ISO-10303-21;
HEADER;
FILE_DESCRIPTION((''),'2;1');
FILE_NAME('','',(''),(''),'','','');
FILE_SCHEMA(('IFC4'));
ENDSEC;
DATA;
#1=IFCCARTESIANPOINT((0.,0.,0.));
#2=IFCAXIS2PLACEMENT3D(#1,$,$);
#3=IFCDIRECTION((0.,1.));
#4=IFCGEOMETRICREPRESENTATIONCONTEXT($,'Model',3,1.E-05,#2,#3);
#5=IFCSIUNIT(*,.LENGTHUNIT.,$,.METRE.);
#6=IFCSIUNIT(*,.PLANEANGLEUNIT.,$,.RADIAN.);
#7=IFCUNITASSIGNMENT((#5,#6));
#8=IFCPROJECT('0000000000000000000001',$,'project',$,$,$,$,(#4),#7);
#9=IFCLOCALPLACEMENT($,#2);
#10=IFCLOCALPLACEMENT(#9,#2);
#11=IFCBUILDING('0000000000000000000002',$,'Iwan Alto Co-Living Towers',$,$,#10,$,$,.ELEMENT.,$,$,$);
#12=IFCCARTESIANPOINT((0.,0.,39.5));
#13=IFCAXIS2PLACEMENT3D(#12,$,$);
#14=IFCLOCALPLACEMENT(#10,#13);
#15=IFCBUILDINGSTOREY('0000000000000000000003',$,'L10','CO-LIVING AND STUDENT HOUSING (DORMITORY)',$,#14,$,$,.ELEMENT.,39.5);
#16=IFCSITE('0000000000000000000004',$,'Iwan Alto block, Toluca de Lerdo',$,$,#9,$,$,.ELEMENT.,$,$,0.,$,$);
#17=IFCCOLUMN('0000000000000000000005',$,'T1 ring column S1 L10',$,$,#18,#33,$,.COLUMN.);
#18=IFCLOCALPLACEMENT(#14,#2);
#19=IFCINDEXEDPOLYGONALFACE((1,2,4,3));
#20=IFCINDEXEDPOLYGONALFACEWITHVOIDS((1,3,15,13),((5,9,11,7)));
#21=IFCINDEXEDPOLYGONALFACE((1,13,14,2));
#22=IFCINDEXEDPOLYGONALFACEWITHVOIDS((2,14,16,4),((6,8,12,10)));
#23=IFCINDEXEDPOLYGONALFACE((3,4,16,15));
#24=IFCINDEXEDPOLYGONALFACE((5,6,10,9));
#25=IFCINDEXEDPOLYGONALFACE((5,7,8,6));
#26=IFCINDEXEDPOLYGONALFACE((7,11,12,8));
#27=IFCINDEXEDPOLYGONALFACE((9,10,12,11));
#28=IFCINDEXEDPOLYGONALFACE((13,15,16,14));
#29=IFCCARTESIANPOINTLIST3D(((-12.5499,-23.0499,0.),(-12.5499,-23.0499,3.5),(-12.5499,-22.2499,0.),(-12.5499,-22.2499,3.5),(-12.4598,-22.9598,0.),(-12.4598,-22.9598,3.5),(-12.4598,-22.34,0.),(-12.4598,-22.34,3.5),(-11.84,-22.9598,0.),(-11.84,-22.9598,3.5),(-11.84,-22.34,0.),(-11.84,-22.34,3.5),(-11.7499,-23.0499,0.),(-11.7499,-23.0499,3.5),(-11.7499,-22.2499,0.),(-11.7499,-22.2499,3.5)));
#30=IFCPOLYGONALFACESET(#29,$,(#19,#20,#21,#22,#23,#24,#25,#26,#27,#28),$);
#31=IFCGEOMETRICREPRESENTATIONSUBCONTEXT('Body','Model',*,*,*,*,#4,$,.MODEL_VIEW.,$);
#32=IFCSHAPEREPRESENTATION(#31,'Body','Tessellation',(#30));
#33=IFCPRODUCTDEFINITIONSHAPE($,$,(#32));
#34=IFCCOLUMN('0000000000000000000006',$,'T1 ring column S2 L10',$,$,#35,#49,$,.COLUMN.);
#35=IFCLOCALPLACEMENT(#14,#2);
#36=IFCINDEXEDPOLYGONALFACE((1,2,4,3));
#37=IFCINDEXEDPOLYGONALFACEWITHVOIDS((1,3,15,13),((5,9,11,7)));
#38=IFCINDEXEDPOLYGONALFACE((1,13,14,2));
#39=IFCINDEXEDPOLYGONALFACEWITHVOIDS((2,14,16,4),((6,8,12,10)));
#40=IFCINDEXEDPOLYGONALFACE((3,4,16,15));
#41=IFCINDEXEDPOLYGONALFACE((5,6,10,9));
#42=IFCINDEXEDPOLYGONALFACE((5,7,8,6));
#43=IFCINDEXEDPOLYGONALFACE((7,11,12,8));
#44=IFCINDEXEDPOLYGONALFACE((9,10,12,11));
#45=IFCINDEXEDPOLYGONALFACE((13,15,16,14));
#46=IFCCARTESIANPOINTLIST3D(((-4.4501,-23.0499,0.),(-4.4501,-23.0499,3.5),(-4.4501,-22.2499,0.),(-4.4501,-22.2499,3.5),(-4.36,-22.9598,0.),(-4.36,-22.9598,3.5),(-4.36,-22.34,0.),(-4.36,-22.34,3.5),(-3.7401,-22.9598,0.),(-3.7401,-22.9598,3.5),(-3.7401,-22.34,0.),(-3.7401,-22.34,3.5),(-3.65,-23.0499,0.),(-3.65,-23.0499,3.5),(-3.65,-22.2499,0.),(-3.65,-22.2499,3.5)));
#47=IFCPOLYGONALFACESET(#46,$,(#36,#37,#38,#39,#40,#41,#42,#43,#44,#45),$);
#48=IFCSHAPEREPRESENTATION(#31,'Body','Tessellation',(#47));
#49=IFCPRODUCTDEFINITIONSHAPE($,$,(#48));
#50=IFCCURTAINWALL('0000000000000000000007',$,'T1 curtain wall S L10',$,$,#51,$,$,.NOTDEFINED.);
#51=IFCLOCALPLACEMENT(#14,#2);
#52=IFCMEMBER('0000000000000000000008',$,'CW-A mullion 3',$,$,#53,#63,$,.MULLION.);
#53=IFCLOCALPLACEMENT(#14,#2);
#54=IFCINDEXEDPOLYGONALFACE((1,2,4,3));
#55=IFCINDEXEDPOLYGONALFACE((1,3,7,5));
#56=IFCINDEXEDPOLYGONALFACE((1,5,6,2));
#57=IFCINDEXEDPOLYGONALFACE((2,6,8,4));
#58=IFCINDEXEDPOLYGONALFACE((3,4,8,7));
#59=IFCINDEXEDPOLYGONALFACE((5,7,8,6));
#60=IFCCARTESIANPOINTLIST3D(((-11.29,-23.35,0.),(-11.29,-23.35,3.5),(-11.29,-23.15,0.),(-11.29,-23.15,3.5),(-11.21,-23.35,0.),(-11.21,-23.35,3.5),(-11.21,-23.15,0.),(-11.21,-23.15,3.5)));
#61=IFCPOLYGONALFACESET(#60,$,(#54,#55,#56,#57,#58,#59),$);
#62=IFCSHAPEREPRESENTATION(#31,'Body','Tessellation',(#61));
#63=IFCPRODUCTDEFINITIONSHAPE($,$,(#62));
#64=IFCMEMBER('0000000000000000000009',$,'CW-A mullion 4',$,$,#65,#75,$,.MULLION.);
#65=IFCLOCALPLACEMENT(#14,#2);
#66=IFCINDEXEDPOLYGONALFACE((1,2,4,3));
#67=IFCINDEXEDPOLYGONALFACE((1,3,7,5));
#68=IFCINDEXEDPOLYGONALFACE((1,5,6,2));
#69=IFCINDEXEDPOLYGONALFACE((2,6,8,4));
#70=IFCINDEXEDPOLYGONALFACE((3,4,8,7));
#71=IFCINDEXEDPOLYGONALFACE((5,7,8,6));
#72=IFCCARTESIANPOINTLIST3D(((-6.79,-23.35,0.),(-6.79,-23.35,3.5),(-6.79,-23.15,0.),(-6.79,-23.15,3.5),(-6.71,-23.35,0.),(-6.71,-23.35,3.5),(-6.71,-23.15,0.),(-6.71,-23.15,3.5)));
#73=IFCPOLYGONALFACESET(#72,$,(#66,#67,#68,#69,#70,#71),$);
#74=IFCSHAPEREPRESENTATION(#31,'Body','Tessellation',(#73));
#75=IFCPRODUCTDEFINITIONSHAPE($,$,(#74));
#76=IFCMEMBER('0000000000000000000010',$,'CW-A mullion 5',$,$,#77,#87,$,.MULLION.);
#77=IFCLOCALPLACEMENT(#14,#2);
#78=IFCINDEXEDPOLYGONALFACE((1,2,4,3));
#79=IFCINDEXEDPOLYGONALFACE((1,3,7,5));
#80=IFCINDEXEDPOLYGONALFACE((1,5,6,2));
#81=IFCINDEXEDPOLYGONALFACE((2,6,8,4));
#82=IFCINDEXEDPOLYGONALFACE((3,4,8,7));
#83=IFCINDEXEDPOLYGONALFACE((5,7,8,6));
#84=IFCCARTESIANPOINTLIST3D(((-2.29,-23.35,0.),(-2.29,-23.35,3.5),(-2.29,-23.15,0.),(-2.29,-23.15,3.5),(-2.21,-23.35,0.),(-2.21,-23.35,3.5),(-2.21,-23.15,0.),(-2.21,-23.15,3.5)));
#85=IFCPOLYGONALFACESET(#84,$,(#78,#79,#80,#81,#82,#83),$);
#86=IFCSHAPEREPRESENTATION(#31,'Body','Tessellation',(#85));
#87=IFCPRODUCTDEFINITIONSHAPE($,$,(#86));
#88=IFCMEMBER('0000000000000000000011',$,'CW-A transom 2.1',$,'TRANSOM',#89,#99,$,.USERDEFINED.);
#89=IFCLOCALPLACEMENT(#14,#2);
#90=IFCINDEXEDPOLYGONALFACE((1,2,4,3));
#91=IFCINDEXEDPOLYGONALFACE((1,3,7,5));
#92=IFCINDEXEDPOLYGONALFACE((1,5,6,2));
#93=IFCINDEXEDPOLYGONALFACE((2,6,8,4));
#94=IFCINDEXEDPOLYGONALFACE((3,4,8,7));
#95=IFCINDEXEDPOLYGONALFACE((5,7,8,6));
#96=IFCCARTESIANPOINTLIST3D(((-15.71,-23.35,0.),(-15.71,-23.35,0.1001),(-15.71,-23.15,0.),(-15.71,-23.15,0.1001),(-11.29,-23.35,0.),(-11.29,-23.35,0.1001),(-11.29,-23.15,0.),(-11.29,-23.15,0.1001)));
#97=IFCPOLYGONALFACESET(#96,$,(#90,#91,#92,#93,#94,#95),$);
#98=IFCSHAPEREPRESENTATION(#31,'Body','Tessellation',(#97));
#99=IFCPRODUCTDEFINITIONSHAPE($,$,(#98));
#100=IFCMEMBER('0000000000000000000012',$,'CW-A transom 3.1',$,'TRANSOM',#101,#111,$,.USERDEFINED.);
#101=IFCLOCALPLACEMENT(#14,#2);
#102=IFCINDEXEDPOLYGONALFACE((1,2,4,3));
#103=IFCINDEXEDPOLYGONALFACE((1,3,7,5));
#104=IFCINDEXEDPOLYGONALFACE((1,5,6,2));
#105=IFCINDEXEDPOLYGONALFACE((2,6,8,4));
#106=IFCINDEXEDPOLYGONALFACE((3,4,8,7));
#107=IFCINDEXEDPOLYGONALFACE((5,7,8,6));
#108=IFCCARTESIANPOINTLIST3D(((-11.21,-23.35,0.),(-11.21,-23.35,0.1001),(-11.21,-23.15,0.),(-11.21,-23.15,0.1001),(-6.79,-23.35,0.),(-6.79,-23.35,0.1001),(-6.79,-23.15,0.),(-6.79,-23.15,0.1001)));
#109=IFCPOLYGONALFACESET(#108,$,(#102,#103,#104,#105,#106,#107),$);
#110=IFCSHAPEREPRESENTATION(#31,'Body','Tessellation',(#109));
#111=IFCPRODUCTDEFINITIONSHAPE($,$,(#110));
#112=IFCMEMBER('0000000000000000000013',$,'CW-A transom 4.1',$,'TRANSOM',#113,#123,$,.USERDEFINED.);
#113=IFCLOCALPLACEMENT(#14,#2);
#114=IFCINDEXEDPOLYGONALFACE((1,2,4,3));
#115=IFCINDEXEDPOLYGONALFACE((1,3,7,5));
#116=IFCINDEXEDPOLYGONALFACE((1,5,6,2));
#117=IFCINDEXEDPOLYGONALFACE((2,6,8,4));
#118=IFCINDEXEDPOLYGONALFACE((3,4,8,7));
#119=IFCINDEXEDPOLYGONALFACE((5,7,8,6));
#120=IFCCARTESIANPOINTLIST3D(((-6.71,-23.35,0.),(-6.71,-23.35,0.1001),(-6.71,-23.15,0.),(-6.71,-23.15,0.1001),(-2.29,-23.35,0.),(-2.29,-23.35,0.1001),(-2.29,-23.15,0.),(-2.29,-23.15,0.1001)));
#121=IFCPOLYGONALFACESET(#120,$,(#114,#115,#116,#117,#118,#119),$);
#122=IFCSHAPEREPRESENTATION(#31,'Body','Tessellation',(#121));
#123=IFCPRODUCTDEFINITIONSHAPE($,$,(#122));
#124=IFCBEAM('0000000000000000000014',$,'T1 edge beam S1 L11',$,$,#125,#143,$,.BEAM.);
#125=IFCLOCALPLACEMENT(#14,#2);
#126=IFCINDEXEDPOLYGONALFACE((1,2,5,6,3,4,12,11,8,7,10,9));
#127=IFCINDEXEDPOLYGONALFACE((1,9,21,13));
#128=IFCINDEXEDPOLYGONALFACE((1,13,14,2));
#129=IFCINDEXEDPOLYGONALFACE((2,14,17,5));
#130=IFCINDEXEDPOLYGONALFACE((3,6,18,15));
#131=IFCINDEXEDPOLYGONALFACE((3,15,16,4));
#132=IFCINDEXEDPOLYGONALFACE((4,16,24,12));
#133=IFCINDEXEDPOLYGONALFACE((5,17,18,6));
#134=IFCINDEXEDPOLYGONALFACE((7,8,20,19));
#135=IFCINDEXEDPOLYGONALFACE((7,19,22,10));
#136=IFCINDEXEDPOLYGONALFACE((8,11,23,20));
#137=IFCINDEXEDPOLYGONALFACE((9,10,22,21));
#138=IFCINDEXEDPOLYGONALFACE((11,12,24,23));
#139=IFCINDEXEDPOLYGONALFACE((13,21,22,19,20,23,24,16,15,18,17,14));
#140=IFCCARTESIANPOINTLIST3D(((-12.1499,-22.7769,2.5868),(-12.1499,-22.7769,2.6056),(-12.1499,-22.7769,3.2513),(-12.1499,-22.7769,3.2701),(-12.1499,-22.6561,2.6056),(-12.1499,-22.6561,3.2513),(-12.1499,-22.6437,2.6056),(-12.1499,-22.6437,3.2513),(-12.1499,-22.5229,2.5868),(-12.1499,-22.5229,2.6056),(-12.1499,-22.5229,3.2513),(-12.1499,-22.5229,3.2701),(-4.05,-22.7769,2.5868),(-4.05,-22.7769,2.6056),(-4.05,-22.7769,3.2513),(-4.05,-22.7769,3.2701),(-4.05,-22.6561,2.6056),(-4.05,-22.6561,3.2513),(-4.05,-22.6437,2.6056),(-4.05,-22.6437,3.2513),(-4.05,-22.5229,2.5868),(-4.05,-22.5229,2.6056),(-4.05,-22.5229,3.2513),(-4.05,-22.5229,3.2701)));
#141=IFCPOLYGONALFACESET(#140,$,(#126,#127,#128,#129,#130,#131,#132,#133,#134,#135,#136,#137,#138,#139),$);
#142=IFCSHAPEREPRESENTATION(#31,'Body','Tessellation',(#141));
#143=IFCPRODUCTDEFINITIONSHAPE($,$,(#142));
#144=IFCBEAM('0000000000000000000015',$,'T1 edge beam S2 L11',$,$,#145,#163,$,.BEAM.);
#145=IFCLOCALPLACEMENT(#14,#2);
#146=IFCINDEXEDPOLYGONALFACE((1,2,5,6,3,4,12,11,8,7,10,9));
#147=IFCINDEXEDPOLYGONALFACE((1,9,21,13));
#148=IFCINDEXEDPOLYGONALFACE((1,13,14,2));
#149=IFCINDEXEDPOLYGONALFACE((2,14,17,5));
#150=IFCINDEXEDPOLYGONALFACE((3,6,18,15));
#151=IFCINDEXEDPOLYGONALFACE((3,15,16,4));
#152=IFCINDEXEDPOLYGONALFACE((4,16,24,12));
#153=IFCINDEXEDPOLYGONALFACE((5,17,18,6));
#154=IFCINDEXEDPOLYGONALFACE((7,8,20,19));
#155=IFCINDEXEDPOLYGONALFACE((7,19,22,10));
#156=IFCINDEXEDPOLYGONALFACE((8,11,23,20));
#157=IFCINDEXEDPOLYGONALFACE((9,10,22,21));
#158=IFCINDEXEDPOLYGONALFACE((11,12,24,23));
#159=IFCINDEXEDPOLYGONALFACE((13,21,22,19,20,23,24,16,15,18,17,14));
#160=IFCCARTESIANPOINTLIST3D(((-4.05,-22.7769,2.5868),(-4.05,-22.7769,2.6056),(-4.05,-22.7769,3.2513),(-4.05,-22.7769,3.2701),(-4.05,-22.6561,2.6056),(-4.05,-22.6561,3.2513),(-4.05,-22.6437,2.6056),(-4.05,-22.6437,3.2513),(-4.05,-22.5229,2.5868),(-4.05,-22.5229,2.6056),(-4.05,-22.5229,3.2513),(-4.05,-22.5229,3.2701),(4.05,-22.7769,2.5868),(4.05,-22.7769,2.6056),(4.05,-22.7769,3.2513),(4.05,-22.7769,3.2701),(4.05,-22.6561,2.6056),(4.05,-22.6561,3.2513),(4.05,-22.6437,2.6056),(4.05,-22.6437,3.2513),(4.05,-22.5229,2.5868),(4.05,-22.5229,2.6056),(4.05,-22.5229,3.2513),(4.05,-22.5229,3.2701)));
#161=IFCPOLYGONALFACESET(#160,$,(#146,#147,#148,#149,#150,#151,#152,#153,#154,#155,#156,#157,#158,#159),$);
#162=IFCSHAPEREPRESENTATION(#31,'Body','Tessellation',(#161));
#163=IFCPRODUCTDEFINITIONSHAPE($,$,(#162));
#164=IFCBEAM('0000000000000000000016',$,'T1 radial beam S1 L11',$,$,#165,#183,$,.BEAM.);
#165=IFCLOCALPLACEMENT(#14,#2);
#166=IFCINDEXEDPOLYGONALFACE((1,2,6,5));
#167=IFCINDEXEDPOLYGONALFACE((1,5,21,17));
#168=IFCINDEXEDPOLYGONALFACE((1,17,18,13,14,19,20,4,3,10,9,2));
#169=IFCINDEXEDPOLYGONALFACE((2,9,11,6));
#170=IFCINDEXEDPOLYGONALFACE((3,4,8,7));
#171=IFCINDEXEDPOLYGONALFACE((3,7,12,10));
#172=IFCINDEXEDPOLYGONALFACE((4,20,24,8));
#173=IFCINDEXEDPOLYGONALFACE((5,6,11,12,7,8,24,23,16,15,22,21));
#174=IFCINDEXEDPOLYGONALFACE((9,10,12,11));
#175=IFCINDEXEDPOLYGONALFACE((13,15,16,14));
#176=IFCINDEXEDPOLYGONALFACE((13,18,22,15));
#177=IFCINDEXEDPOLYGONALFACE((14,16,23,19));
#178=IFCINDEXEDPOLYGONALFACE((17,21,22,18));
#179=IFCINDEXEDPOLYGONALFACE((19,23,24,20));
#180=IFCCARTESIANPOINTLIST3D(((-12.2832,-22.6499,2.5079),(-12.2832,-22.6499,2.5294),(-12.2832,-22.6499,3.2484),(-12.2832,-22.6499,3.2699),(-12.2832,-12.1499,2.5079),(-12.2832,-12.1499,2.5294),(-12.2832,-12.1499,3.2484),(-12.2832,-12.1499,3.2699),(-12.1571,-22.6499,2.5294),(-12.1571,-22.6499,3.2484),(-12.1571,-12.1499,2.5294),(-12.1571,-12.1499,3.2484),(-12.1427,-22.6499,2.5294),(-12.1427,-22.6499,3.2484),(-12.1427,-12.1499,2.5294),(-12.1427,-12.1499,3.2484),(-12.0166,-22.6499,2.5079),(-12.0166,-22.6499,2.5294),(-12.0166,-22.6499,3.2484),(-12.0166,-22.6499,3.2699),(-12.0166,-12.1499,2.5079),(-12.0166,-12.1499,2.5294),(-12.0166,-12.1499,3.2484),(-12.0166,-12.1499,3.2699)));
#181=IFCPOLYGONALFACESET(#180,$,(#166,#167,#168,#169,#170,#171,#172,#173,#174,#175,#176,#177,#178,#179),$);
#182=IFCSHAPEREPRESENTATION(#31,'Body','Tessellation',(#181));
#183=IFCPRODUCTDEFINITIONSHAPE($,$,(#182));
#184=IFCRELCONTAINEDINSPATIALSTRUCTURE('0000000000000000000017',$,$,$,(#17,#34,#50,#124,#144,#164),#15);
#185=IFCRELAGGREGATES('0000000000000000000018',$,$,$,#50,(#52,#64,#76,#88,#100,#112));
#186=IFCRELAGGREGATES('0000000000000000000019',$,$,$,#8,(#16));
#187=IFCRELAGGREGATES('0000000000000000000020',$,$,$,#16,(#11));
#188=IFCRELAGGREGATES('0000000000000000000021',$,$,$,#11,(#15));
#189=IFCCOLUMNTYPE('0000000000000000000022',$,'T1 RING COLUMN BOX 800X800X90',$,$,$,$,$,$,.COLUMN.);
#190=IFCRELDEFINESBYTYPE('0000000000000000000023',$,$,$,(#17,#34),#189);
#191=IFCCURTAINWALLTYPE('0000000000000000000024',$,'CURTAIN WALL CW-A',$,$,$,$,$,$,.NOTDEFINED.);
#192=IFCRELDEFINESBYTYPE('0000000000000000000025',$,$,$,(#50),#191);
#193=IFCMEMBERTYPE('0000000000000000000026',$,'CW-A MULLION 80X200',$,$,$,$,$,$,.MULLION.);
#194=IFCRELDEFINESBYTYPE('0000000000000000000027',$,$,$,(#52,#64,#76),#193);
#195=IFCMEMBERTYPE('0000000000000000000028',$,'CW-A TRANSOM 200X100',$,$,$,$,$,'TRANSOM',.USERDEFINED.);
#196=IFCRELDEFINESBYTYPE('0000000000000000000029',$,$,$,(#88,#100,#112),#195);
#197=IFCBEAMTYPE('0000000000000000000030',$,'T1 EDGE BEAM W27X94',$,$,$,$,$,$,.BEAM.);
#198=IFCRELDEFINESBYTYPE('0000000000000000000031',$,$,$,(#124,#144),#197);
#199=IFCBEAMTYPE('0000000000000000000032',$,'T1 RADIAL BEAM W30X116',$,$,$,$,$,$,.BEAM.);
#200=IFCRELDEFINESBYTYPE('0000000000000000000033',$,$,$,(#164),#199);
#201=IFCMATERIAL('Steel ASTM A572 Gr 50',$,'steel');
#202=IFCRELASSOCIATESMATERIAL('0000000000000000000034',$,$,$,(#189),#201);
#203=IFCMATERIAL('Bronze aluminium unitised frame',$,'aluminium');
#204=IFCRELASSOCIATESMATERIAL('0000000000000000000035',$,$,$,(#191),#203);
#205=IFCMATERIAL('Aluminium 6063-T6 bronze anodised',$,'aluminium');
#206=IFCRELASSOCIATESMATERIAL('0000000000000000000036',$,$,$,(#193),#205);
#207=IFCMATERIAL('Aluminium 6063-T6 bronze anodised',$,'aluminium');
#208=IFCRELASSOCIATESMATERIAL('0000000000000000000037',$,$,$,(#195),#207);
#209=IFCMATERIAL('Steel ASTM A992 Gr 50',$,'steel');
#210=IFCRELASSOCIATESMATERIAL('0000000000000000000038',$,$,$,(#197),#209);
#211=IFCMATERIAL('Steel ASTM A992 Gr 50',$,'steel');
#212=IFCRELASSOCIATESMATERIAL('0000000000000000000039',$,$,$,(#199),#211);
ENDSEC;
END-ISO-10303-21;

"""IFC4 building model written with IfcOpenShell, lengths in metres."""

from ifc_helpers import new_model, si_unit, direction, frame, origin, origin_2d, place, context, subcontext, project, spatial, rectangle, hollow_rectangle, i_section, extrude, material, material_profile, profile_set, type_object, element, aggregate, save


model = new_model("IFC4")

# Units and contexts
model_context = context("Model", 3, precision=1e-05, world=origin(), true_north=direction((0.0, 1.0)))
body_context = subcontext(model_context, "Body", "Model", "MODEL_VIEW")
ifc_project = project(units=[si_unit("LENGTHUNIT", "METRE"), si_unit("PLANEANGLEUNIT", "RADIAN")], contexts=[model_context])

# Site, building, storey
site_placement = place(None, origin())
site = spatial("IfcSite", under=ifc_project, at=site_placement, Name="Iwan Alto block, Toluca de Lerdo", CompositionType="ELEMENT", RefElevation=0.0)
building_placement = place(site_placement, origin())
building = spatial("IfcBuilding", under=site, at=building_placement, Name="Iwan Alto Co-Living Towers", CompositionType="ELEMENT")
storey_placement = place(building_placement, frame((0.0, 0.0, 39.5)))
storey = spatial("IfcBuildingStorey", under=building, at=storey_placement, Name="L10", Description="CO-LIVING AND STUDENT HOUSING (DORMITORY)", CompositionType="ELEMENT", Elevation=39.5)

# Columns
ifc_material_1 = material(Name="Steel ASTM A572 Gr 50", Category="steel")
ifc_material_profile_1 = material_profile(ifc_material_1, hollow_rectangle(XDim=0.8, YDim=0.8, WallThickness=0.0901, at=origin_2d()), Name="BOX 800X800X90")
ifc_profile_set_1 = profile_set([ifc_material_profile_1], Name="Steel ASTM A572 Gr 50")
column_type = type_object("IfcColumnType", Name="T1 RING COLUMN BOX 800X800X90", PredefinedType="COLUMN", material=ifc_profile_set_1)
for number, where, z_axis, x_axis, name in (
    (1, (-12.1499, -22.6499, 0.0), (0.0, 0.0, 1.0), (1.0, 0.0, 0.0), "T1 ring column S1 L10"),
    (2, (-4.05, -22.6499, 0.0), (0.0, 0.0, 1.0), (1.0, 0.0, 0.0), "T1 ring column S2 L10"),
):
    element("IfcColumn", number, at=place(storey_placement, frame(where, z_axis=z_axis, x_axis=x_axis)), inside=storey, type_object=column_type, Name=name, PredefinedType="COLUMN", context=body_context, shape_type="SweptSolid", body=[
        extrude(hollow_rectangle(XDim=0.8, YDim=0.8, WallThickness=0.0901, at=origin_2d()), origin(), (0.0, 0.0, 1.0), 3.5),
    ])

# Curtain wall, members
ifc_material_2 = material(Name="Bronze aluminium unitised frame", Category="aluminium")
curtain_wall_type = type_object("IfcCurtainWallType", Name="CURTAIN WALL CW-A", PredefinedType="NOTDEFINED", material=ifc_material_2)
curtain_wall_placement = place(storey_placement, origin())
curtain_wall = element("IfcCurtainWall", 3, at=curtain_wall_placement, inside=storey, type_object=curtain_wall_type, Name="T1 curtain wall S L10", PredefinedType="NOTDEFINED")
ifc_material_3 = material(Name="Aluminium 6063-T6 bronze anodised", Category="aluminium")
ifc_material_profile_2 = material_profile(ifc_material_3, rectangle(XDim=0.2, YDim=0.0801, at=origin_2d()), Name="AL 80X200")
ifc_profile_set_2 = profile_set([ifc_material_profile_2], Name="Aluminium 6063-T6 bronze anodised")
member_type_1 = type_object("IfcMemberType", Name="CW-A MULLION 80X200", PredefinedType="MULLION", material=ifc_profile_set_2)
member_1_placement = place(storey_placement, frame((-11.25, -23.25, 0.0), z_axis=(0.0, 0.0, 1.0), x_axis=(0.0, 1.0, 0.0)))
member_1 = element("IfcMember", 4, at=member_1_placement, type_object=member_type_1, Name="CW-A mullion 3", PredefinedType="MULLION", context=body_context, shape_type="SweptSolid", body=[
    extrude(rectangle(XDim=0.2, YDim=0.0801, at=origin_2d()), origin(), (0.0, 0.0, 1.0), 3.5),
])
member_2_placement = place(storey_placement, frame((-6.75, -23.25, 0.0), z_axis=(0.0, 0.0, 1.0), x_axis=(0.0, 1.0, 0.0)))
member_2 = element("IfcMember", 5, at=member_2_placement, type_object=member_type_1, Name="CW-A mullion 4", PredefinedType="MULLION", context=body_context, shape_type="SweptSolid", body=[
    extrude(rectangle(XDim=0.2, YDim=0.0801, at=origin_2d()), origin(), (0.0, 0.0, 1.0), 3.5),
])
member_3_placement = place(storey_placement, frame((-2.25, -23.25, 0.0), z_axis=(0.0, 0.0, 1.0), x_axis=(0.0, 1.0, 0.0)))
member_3 = element("IfcMember", 6, at=member_3_placement, type_object=member_type_1, Name="CW-A mullion 5", PredefinedType="MULLION", context=body_context, shape_type="SweptSolid", body=[
    extrude(rectangle(XDim=0.2, YDim=0.0801, at=origin_2d()), origin(), (0.0, 0.0, 1.0), 3.5),
])
ifc_material_4 = material(Name="Aluminium 6063-T6 bronze anodised", Category="aluminium")
ifc_material_profile_3 = material_profile(ifc_material_4, rectangle(XDim=0.2, YDim=0.1001, at=origin_2d()), Name="AL 200X100")
ifc_profile_set_3 = profile_set([ifc_material_profile_3], Name="Aluminium 6063-T6 bronze anodised")
member_type_2 = type_object("IfcMemberType", Name="CW-A TRANSOM 200X100", ElementType="TRANSOM", PredefinedType="USERDEFINED", material=ifc_profile_set_3)
member_4_placement = place(storey_placement, frame((-15.71, -23.25, 0.05), z_axis=(1.0, 0.0, 0.0), x_axis=(0.0, 1.0, 0.0)))
member_4 = element("IfcMember", 7, at=member_4_placement, type_object=member_type_2, Name="CW-A transom 2.1", ObjectType="TRANSOM", PredefinedType="USERDEFINED", context=body_context, shape_type="SweptSolid", body=[
    extrude(rectangle(XDim=0.2, YDim=0.1001, at=origin_2d()), origin(), (0.0, 0.0, 1.0), 4.4199),
])
member_5_placement = place(storey_placement, frame((-11.21, -23.25, 0.05), z_axis=(1.0, 0.0, 0.0), x_axis=(0.0, 1.0, 0.0)))
member_5 = element("IfcMember", 8, at=member_5_placement, type_object=member_type_2, Name="CW-A transom 3.1", ObjectType="TRANSOM", PredefinedType="USERDEFINED", context=body_context, shape_type="SweptSolid", body=[
    extrude(rectangle(XDim=0.2, YDim=0.1001, at=origin_2d()), origin(), (0.0, 0.0, 1.0), 4.4199),
])
member_6_placement = place(storey_placement, frame((-6.71, -23.25, 0.05), z_axis=(1.0, 0.0, 0.0), x_axis=(0.0, 1.0, 0.0)))
member_6 = element("IfcMember", 9, at=member_6_placement, type_object=member_type_2, Name="CW-A transom 4.1", ObjectType="TRANSOM", PredefinedType="USERDEFINED", context=body_context, shape_type="SweptSolid", body=[
    extrude(rectangle(XDim=0.2, YDim=0.1001, at=origin_2d()), origin(), (0.0, 0.0, 1.0), 4.4199),
])

# Beams
ifc_material_5 = material(Name="Steel ASTM A992 Gr 50", Category="steel")
ifc_material_profile_4 = material_profile(ifc_material_5, i_section(OverallWidth=0.2539, OverallDepth=0.6833, WebThickness=0.0125, FlangeThickness=0.0188, at=origin_2d()), Name="W27X94")
ifc_profile_set_4 = profile_set([ifc_material_profile_4], Name="Steel ASTM A992 Gr 50")
beam_type_1 = type_object("IfcBeamType", Name="T1 EDGE BEAM W27X94", PredefinedType="BEAM", material=ifc_profile_set_4)
beam_1_placement = place(storey_placement, frame((-12.1499, -22.6499, 2.9285), z_axis=(1.0, 0.0, 0.0), x_axis=(0.0, 1.0, 0.0)))
element("IfcBeam", 10, at=beam_1_placement, inside=storey, type_object=beam_type_1, Name="T1 edge beam S1 L11", PredefinedType="BEAM", context=body_context, shape_type="SweptSolid", body=[
    extrude(i_section(OverallWidth=0.2539, OverallDepth=0.6833, WebThickness=0.0125, FlangeThickness=0.0188, at=origin_2d()), origin(), (0.0, 0.0, 1.0), 8.0999),
])
beam_2_placement = place(storey_placement, frame((-4.05, -22.6499, 2.9285), z_axis=(1.0, 0.0, 0.0), x_axis=(0.0, 1.0, 0.0)))
element("IfcBeam", 11, at=beam_2_placement, inside=storey, type_object=beam_type_1, Name="T1 edge beam S2 L11", PredefinedType="BEAM", context=body_context, shape_type="SweptSolid", body=[
    extrude(i_section(OverallWidth=0.2539, OverallDepth=0.6833, WebThickness=0.0125, FlangeThickness=0.0188, at=origin_2d()), origin(), (0.0, 0.0, 1.0), 8.1001),
])
ifc_material_6 = material(Name="Steel ASTM A992 Gr 50", Category="steel")
ifc_material_profile_5 = material_profile(ifc_material_6, i_section(OverallWidth=0.2666, OverallDepth=0.762, WebThickness=0.0144, FlangeThickness=0.0215, at=origin_2d()), Name="W30X116")
ifc_profile_set_5 = profile_set([ifc_material_profile_5], Name="Steel ASTM A992 Gr 50")
beam_type_2 = type_object("IfcBeamType", Name="T1 RADIAL BEAM W30X116", PredefinedType="BEAM", material=ifc_profile_set_5)
beam_3_placement = place(storey_placement, frame((-12.1499, -22.6499, 2.8889), z_axis=(0.0, 1.0, 0.0), x_axis=(-1.0, 0.0, 0.0)))
element("IfcBeam", 12, at=beam_3_placement, inside=storey, type_object=beam_type_2, Name="T1 radial beam S1 L11", PredefinedType="BEAM", context=body_context, shape_type="SweptSolid", body=[
    extrude(i_section(OverallWidth=0.2666, OverallDepth=0.762, WebThickness=0.0144, FlangeThickness=0.0215, at=origin_2d()), origin(), (0.0, 0.0, 1.0), 10.5),
])

aggregate(curtain_wall, [member_1, member_2, member_3, member_4, member_5, member_6])

save(model, "model.ifc")
